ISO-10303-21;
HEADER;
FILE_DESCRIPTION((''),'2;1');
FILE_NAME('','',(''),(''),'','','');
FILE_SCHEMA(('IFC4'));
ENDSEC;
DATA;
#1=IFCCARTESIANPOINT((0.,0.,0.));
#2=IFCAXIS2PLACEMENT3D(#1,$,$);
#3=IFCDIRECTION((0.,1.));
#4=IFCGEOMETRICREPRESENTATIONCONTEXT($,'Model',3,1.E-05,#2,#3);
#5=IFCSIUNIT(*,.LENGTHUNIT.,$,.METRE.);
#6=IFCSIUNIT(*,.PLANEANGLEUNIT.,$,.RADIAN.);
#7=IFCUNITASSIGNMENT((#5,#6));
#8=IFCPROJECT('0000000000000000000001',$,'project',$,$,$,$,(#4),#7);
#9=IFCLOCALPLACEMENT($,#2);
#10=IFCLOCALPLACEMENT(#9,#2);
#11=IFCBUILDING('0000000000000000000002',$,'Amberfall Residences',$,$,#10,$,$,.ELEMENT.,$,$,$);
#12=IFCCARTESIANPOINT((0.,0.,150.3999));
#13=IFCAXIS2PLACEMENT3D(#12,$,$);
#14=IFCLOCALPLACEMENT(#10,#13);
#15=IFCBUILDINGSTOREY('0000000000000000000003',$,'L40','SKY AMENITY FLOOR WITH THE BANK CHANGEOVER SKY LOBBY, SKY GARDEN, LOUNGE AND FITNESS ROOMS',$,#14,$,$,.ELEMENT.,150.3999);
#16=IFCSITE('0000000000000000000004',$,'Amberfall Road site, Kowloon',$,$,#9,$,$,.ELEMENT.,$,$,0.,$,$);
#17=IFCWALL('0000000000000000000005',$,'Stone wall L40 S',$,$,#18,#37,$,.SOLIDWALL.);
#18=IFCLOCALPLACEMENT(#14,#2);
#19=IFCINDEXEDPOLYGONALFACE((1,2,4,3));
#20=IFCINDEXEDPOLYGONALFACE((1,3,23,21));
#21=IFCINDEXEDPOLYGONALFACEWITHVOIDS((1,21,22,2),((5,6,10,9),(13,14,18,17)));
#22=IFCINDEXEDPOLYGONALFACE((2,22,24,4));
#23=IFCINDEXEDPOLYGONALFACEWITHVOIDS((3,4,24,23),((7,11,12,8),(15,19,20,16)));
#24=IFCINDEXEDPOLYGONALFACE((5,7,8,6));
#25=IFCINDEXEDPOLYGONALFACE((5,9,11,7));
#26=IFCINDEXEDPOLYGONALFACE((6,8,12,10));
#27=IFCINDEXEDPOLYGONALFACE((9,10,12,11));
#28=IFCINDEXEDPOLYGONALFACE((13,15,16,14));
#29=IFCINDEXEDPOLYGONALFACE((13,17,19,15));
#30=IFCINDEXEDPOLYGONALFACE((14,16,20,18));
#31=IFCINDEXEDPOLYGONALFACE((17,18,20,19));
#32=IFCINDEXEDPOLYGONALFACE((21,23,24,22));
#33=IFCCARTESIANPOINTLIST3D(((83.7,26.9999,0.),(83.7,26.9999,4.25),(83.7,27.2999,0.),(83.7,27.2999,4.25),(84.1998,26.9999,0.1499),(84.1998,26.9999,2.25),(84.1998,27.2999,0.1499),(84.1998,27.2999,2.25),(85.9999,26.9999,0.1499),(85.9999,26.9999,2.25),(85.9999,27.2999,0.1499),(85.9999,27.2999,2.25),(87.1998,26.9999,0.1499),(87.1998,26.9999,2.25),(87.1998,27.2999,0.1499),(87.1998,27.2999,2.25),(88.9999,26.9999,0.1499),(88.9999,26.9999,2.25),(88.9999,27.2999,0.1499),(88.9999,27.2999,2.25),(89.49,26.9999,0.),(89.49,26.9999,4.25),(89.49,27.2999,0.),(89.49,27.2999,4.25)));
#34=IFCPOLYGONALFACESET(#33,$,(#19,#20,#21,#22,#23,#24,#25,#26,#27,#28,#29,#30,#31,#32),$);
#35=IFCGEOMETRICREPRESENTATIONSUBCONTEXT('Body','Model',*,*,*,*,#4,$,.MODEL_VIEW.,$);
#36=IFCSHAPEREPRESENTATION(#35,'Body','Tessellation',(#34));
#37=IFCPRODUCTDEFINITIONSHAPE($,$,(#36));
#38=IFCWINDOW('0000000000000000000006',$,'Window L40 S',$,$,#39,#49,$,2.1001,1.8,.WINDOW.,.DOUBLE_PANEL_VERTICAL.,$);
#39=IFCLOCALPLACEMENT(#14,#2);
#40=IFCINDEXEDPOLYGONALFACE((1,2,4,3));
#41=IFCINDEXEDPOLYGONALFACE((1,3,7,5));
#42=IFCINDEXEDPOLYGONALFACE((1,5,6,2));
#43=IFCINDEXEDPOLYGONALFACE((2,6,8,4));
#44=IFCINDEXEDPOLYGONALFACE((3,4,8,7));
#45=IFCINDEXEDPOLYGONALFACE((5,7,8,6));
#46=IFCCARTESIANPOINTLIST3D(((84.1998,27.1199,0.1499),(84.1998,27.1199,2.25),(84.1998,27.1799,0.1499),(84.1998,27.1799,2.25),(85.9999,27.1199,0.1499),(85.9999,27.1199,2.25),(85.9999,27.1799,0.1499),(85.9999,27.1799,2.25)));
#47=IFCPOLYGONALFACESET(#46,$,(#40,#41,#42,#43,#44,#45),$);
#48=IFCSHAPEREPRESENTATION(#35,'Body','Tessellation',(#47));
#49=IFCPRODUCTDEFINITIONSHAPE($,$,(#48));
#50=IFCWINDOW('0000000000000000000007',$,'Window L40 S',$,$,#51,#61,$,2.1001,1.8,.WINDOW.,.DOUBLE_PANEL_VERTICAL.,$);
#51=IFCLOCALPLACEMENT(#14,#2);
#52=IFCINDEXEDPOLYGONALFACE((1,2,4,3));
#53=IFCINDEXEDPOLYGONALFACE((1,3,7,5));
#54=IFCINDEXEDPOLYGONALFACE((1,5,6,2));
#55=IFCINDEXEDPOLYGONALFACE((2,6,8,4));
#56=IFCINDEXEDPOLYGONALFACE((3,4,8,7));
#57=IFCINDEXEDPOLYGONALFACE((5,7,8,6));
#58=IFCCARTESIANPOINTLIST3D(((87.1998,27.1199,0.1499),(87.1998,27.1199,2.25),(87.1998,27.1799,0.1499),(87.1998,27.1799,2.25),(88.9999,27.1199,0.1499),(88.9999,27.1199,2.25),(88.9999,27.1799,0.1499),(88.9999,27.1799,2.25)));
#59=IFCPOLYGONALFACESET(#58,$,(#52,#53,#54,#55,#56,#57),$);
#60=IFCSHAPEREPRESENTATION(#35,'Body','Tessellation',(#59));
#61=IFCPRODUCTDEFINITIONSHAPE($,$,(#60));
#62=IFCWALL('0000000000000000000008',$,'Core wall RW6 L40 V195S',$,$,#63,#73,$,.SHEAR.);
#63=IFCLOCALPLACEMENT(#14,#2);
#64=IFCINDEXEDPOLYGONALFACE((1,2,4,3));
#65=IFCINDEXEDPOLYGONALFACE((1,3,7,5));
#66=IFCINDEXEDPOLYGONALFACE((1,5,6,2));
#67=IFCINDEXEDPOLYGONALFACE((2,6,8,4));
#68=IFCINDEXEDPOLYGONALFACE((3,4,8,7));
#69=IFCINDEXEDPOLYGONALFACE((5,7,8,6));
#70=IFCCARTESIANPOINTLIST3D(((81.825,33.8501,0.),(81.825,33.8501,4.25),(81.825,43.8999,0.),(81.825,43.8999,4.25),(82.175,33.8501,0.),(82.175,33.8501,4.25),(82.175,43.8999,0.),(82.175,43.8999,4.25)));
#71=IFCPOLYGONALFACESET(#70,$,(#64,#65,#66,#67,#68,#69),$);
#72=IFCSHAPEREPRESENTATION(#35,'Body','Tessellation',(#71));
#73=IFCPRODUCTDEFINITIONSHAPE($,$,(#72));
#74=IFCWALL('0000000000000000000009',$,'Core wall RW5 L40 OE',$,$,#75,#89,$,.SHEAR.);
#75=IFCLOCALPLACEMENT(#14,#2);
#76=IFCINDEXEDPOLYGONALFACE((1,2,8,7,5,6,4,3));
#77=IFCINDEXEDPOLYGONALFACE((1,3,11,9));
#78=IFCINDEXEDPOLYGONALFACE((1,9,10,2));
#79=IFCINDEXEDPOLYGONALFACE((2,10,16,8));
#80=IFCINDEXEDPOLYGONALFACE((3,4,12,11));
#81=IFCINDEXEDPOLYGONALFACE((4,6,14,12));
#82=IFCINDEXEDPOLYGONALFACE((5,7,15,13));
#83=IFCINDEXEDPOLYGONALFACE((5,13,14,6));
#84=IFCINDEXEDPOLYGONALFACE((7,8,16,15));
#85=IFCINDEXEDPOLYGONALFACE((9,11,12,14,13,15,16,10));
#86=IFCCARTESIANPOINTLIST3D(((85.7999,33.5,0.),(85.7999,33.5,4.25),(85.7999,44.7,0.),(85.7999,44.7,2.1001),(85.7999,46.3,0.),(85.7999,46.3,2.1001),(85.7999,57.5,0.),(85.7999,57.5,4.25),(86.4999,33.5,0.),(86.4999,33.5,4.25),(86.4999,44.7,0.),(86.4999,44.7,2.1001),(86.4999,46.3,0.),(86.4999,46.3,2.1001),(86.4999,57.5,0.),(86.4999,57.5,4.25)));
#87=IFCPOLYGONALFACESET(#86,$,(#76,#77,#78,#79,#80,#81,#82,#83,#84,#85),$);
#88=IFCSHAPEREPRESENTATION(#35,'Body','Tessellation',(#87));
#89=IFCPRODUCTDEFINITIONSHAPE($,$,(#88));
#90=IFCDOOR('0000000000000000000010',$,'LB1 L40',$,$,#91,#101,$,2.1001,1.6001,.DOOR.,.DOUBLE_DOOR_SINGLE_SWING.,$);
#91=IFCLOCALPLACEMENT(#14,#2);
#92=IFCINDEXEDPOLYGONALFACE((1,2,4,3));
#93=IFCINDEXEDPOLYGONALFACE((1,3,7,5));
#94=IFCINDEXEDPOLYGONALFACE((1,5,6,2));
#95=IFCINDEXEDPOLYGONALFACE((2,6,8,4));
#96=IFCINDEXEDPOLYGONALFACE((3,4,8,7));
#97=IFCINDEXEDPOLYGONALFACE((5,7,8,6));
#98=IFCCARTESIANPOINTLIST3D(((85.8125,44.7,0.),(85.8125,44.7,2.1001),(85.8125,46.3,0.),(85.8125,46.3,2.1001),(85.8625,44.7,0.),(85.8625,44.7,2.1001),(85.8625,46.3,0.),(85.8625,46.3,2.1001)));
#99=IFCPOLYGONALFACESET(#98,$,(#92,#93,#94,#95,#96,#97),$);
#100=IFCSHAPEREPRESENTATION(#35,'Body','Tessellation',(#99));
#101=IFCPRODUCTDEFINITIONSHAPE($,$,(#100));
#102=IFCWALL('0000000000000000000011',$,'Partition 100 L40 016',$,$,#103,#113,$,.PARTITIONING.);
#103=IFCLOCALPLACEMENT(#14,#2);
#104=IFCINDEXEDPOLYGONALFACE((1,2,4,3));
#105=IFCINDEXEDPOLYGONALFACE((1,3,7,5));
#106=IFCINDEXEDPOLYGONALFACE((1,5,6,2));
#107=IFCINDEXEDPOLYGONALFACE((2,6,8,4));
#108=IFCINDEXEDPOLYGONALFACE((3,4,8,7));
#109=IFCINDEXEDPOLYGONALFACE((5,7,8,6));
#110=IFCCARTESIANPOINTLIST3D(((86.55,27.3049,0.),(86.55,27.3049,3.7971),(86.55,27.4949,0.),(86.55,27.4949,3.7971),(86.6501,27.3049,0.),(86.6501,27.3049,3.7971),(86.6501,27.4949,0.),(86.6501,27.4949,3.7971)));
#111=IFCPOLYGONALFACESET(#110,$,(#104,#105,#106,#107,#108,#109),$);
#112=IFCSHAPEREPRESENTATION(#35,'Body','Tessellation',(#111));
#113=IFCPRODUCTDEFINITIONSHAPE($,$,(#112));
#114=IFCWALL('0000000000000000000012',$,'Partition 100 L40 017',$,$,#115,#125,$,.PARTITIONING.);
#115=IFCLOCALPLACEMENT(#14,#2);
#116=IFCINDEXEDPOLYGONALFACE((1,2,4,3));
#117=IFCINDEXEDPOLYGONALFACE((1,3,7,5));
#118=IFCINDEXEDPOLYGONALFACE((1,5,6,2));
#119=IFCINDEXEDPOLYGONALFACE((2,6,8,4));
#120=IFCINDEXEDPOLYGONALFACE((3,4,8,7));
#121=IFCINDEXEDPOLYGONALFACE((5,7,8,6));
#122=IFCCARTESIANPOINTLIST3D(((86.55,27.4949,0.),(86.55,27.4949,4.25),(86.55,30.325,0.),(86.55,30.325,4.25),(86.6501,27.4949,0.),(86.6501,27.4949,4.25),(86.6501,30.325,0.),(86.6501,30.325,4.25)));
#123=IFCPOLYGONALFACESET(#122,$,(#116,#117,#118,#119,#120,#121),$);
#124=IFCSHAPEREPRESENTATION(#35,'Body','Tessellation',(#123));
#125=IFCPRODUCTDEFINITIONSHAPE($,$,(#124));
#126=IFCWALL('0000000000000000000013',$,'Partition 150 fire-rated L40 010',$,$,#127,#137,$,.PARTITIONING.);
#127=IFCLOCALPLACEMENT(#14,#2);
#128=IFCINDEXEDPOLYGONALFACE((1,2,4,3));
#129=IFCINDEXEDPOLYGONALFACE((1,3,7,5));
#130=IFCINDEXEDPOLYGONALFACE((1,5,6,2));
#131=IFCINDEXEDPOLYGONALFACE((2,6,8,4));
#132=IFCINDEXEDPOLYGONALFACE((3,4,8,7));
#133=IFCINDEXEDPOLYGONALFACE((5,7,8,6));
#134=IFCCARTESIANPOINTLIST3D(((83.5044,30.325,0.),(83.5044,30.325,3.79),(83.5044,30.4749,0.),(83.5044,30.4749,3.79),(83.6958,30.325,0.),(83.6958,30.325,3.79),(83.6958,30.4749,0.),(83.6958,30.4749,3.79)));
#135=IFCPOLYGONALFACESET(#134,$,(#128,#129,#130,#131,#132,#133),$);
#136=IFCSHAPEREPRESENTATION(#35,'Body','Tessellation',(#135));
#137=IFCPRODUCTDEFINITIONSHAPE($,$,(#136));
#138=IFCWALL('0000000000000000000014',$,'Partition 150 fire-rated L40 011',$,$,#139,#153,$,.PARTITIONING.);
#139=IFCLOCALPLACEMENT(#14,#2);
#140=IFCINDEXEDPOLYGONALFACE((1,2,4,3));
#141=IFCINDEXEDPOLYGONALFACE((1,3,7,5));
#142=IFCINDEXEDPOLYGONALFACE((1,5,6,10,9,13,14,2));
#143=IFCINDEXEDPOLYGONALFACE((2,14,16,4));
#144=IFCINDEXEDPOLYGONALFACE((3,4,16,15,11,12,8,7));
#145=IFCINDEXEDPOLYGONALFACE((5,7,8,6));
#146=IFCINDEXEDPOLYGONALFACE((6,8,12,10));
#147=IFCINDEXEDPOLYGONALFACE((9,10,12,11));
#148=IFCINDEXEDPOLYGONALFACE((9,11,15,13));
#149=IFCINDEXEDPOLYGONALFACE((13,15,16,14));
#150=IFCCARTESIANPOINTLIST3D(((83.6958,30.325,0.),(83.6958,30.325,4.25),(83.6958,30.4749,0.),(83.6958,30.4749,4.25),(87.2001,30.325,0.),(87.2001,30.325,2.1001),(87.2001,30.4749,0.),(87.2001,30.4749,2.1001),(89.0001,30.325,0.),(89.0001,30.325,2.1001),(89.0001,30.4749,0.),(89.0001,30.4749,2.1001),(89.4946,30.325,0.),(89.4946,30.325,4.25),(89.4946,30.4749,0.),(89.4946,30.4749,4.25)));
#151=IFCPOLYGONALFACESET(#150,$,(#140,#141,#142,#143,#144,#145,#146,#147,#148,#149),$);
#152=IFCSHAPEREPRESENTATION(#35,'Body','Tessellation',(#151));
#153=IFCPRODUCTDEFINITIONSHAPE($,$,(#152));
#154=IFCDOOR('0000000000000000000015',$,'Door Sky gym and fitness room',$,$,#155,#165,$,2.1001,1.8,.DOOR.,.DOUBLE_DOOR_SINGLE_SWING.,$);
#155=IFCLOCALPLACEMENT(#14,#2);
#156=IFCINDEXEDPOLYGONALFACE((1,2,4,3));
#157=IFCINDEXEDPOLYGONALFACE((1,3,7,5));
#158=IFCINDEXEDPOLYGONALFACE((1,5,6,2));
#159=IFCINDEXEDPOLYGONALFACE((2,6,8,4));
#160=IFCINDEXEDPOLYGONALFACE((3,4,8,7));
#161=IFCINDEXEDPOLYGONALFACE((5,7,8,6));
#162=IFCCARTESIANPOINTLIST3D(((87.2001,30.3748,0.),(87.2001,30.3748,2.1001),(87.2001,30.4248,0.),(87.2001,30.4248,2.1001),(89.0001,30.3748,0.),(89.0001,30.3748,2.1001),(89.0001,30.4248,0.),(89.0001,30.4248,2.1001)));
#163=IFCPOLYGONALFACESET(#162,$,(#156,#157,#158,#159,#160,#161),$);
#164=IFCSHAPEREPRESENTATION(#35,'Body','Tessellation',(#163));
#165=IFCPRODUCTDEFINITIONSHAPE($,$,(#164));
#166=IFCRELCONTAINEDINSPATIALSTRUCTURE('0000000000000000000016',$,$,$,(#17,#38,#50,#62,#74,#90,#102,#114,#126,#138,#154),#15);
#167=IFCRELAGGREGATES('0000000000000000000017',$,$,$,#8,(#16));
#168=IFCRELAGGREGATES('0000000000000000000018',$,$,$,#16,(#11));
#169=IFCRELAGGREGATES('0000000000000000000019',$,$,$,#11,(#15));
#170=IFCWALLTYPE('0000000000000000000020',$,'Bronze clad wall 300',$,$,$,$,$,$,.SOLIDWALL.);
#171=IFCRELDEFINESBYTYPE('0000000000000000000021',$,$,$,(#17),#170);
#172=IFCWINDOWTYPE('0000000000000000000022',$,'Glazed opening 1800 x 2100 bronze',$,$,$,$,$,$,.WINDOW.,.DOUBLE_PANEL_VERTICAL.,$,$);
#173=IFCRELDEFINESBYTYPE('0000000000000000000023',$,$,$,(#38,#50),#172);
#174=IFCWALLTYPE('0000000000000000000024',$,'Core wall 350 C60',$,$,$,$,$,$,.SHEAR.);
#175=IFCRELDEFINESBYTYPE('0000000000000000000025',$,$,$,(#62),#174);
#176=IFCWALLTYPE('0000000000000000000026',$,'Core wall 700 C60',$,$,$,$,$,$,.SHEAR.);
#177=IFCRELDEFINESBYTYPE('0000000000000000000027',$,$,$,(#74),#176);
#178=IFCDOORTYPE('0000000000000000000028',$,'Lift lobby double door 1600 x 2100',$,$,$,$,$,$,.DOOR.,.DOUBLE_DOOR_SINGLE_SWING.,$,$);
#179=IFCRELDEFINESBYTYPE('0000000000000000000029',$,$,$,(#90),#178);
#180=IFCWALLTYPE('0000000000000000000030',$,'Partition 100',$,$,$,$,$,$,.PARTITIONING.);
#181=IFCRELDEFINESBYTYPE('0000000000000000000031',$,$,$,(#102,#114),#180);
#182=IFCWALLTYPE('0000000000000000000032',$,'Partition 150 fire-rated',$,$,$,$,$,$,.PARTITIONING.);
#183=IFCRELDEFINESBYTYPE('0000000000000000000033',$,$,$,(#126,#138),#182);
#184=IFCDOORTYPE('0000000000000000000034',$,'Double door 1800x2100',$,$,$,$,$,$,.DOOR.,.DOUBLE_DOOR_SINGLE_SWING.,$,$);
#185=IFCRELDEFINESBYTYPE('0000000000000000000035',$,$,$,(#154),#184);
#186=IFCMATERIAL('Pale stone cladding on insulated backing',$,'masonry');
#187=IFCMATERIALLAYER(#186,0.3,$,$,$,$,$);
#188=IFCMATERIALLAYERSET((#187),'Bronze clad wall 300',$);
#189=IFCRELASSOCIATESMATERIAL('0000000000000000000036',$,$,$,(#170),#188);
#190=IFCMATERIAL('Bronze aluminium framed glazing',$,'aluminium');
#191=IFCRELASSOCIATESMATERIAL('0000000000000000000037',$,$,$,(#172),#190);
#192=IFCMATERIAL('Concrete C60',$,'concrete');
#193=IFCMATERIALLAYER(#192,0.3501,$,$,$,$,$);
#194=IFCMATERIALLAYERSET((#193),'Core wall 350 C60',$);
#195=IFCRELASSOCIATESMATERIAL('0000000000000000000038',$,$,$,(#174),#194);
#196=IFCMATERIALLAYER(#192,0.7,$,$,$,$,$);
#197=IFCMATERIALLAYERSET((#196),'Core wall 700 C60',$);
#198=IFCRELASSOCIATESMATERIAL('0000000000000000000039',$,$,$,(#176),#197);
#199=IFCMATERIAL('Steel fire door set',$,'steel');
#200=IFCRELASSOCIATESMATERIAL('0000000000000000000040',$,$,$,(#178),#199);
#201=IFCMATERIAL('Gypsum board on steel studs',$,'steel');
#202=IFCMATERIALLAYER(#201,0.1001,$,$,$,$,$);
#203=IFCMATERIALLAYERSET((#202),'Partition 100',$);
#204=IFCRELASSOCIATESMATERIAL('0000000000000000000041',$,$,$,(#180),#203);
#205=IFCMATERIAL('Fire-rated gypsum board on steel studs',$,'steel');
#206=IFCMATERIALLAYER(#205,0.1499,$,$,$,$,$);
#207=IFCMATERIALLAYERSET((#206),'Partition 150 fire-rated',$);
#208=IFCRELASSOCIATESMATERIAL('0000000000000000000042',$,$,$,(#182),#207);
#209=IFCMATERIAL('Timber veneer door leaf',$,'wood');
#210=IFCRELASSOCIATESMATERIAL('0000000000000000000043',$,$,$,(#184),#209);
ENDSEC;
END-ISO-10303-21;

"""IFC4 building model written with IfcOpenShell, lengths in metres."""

from ifc_helpers import new_model, si_unit, direction, frame, frame_2d, origin, place, context, subcontext, project, spatial, rectangle, extrude, material, layer, layer_set, type_object, element, fill, save


model = new_model("IFC4")

# Units and contexts
model_context = context("Model", 3, precision=1e-05, world=origin(), true_north=direction((0.0, 1.0)))
body_context = subcontext(model_context, "Body", "Model", "MODEL_VIEW")
ifc_project = project(units=[si_unit("LENGTHUNIT", "METRE"), si_unit("PLANEANGLEUNIT", "RADIAN")], contexts=[model_context])

# Site, building, storey
site_placement = place(None, origin())
site = spatial("IfcSite", under=ifc_project, at=site_placement, Name="Amberfall Road site, Kowloon", CompositionType="ELEMENT", RefElevation=0.0)
building_placement = place(site_placement, origin())
building = spatial("IfcBuilding", under=site, at=building_placement, Name="Amberfall Residences", CompositionType="ELEMENT")
storey_placement = place(building_placement, frame((0.0, 0.0, 150.3999)))
storey = spatial("IfcBuildingStorey", under=building, at=storey_placement, Name="L40", Description="SKY AMENITY FLOOR WITH THE BANK CHANGEOVER SKY LOBBY, SKY GARDEN, LOUNGE AND FITNESS ROOMS", CompositionType="ELEMENT", Elevation=150.3999)

# Shared definitions
ifc_material_1 = material(Name="Concrete C60", Category="concrete")

# Shared definitions
ifc_material_2 = material(Name="Pale stone cladding on insulated backing", Category="masonry")
ifc_layer_1 = layer(ifc_material_2, 0.3)
ifc_layer_set_1 = layer_set([ifc_layer_1], Name="Bronze clad wall 300")
wall_type_1 = type_object("IfcWallType", Name="Bronze clad wall 300", PredefinedType="SOLIDWALL", material=ifc_layer_set_1)

# Wall, openings, windows
wall_1_placement = place(storey_placement, frame((83.7, 27.1499, 0.0), z_axis=(0.0, 0.0, 1.0), x_axis=(1.0, 0.0, 0.0)))
wall_1 = element("IfcWall", 1, at=wall_1_placement, inside=storey, type_object=wall_type_1, Name="Stone wall L40 S", PredefinedType="SOLIDWALL", context=body_context, shape_type="SweptSolid", body=[
    extrude(rectangle(XDim=5.79, YDim=0.3, at=frame_2d((2.895, 0.0))), origin(), (0.0, 0.0, 1.0), 4.25),
])
opening_1_placement = place(wall_1_placement, frame((0.5, 0.0, 0.1499)))
opening_1 = element("IfcOpeningElement", 2, at=opening_1_placement, cuts=wall_1, PredefinedType="OPENING", context=body_context, shape_type="SweptSolid", body=[
    extrude(rectangle(XDim=1.8, YDim=2.1001, at=frame_2d((0.8999, 1.05))), frame((0.0, 0.1599, 0.0), z_axis=(0.0, -1.0, 0.0), x_axis=(1.0, 0.0, 0.0)), (0.0, 0.0, 1.0), 0.3201),
])
opening_2_placement = place(wall_1_placement, frame((3.5, 0.0, 0.1499)))
opening_2 = element("IfcOpeningElement", 3, at=opening_2_placement, cuts=wall_1, PredefinedType="OPENING", context=body_context, shape_type="SweptSolid", body=[
    extrude(rectangle(XDim=1.8, YDim=2.1001, at=frame_2d((0.8999, 1.05))), frame((0.0, 0.1599, 0.0), z_axis=(0.0, -1.0, 0.0), x_axis=(1.0, 0.0, 0.0)), (0.0, 0.0, 1.0), 0.3201),
])
ifc_material_3 = material(Name="Bronze aluminium framed glazing", Category="aluminium")
window_type = type_object("IfcWindowType", Name="Glazed opening 1800 x 2100 bronze", PartitioningType="DOUBLE_PANEL_VERTICAL", PredefinedType="WINDOW", material=ifc_material_3)
window_1_placement = place(opening_1_placement, origin())
window_1 = element("IfcWindow", 4, at=window_1_placement, inside=storey, type_object=window_type, Name="Window L40 S", OverallHeight=2.1001, OverallWidth=1.8, PartitioningType="DOUBLE_PANEL_VERTICAL", PredefinedType="WINDOW", context=body_context, shape_type="SweptSolid", body=[
    extrude(rectangle(XDim=1.8, YDim=2.1001, at=frame_2d((0.8999, 1.05))), frame((0.0, 0.03, 0.0), z_axis=(0.0, -1.0, 0.0), x_axis=(1.0, 0.0, 0.0)), (0.0, 0.0, 1.0), 0.0601),
])
fill(opening_1, window_1)
window_2_placement = place(opening_2_placement, origin())
window_2 = element("IfcWindow", 5, at=window_2_placement, inside=storey, type_object=window_type, Name="Window L40 S", OverallHeight=2.1001, OverallWidth=1.8, PartitioningType="DOUBLE_PANEL_VERTICAL", PredefinedType="WINDOW", context=body_context, shape_type="SweptSolid", body=[
    extrude(rectangle(XDim=1.8, YDim=2.1001, at=frame_2d((0.8999, 1.05))), frame((0.0, 0.03, 0.0), z_axis=(0.0, -1.0, 0.0), x_axis=(1.0, 0.0, 0.0)), (0.0, 0.0, 1.0), 0.0601),
])
fill(opening_2, window_2)

# Wall
ifc_layer_2 = layer(ifc_material_1, 0.3501)
ifc_layer_set_2 = layer_set([ifc_layer_2], Name="Core wall 350 C60")
wall_type_2 = type_object("IfcWallType", Name="Core wall 350 C60", PredefinedType="SHEAR", material=ifc_layer_set_2)
wall_2_placement = place(storey_placement, frame((82.0, 33.8501, 0.0), z_axis=(0.0, 0.0, 1.0), x_axis=(0.0, 1.0, 0.0)))
element("IfcWall", 6, at=wall_2_placement, inside=storey, type_object=wall_type_2, Name="Core wall RW6 L40 V195S", PredefinedType="SHEAR", context=body_context, shape_type="SweptSolid", body=[
    extrude(rectangle(XDim=10.0498, YDim=0.3501, at=frame_2d((5.0249, 0.0))), origin(), (0.0, 0.0, 1.0), 4.25),
])

# Wall, opening, door
ifc_layer_3 = layer(ifc_material_1, 0.7)
ifc_layer_set_3 = layer_set([ifc_layer_3], Name="Core wall 700 C60")
wall_type_3 = type_object("IfcWallType", Name="Core wall 700 C60", PredefinedType="SHEAR", material=ifc_layer_set_3)
wall_3_placement = place(storey_placement, frame((86.1499, 33.5, 0.0), z_axis=(0.0, 0.0, 1.0), x_axis=(0.0, 1.0, 0.0)))
wall_3 = element("IfcWall", 7, at=wall_3_placement, inside=storey, type_object=wall_type_3, Name="Core wall RW5 L40 OE", PredefinedType="SHEAR", context=body_context, shape_type="SweptSolid", body=[
    extrude(rectangle(XDim=24.0, YDim=0.7, at=frame_2d((12.0, 0.0))), origin(), (0.0, 0.0, 1.0), 4.25),
])
opening_3_placement = place(wall_3_placement, frame((11.2, 0.0, 0.0)))
opening_3 = element("IfcOpeningElement", 8, at=opening_3_placement, cuts=wall_3, PredefinedType="OPENING", context=body_context, shape_type="SweptSolid", body=[
    extrude(rectangle(XDim=1.6001, YDim=2.1001, at=frame_2d((0.8, 1.05))), frame((0.0, 0.3599, 0.0), z_axis=(0.0, -1.0, 0.0), x_axis=(1.0, 0.0, 0.0)), (0.0, 0.0, 1.0), 0.72),
])
ifc_material_4 = material(Name="Steel fire door set", Category="steel")
door_type_1 = type_object("IfcDoorType", Name="Lift lobby double door 1600 x 2100", OperationType="DOUBLE_DOOR_SINGLE_SWING", PredefinedType="DOOR", material=ifc_material_4)
door_1_placement = place(opening_3_placement, origin())
door_1 = element("IfcDoor", 9, at=door_1_placement, inside=storey, type_object=door_type_1, Name="LB1 L40", OperationType="DOUBLE_DOOR_SINGLE_SWING", OverallHeight=2.1001, OverallWidth=1.6001, PredefinedType="DOOR", context=body_context, shape_type="SweptSolid", body=[
    extrude(rectangle(XDim=1.6001, YDim=2.1001, at=frame_2d((0.8, 1.05))), frame((0.0, 0.3374, 0.0), z_axis=(0.0, -1.0, 0.0), x_axis=(1.0, 0.0, 0.0)), (0.0, 0.0, 1.0), 0.05),
])
fill(opening_3, door_1)

# Walls
ifc_material_5 = material(Name="Gypsum board on steel studs", Category="steel")
ifc_layer_4 = layer(ifc_material_5, 0.1001)
ifc_layer_set_4 = layer_set([ifc_layer_4], Name="Partition 100")
wall_type_4 = type_object("IfcWallType", Name="Partition 100", PredefinedType="PARTITIONING", material=ifc_layer_set_4)
wall_4_placement = place(storey_placement, frame((86.6001, 27.3049, 0.0), z_axis=(0.0, 0.0, 1.0), x_axis=(0.0, 1.0, 0.0)))
element("IfcWall", 10, at=wall_4_placement, inside=storey, type_object=wall_type_4, Name="Partition 100 L40 016", PredefinedType="PARTITIONING", context=body_context, shape_type="SweptSolid", body=[
    extrude(rectangle(XDim=0.1899, YDim=0.1001, at=frame_2d((0.095, 0.0))), origin(), (0.0, 0.0, 1.0), 3.7971),
])
wall_5_placement = place(storey_placement, frame((86.6001, 27.4949, 0.0), z_axis=(0.0, 0.0, 1.0), x_axis=(0.0, 1.0, 0.0)))
element("IfcWall", 11, at=wall_5_placement, inside=storey, type_object=wall_type_4, Name="Partition 100 L40 017", PredefinedType="PARTITIONING", context=body_context, shape_type="SweptSolid", body=[
    extrude(rectangle(XDim=2.8301, YDim=0.1001, at=frame_2d((1.415, 0.0))), origin(), (0.0, 0.0, 1.0), 4.25),
])
ifc_material_6 = material(Name="Fire-rated gypsum board on steel studs", Category="steel")
ifc_layer_5 = layer(ifc_material_6, 0.1499)
ifc_layer_set_5 = layer_set([ifc_layer_5], Name="Partition 150 fire-rated")
wall_type_5 = type_object("IfcWallType", Name="Partition 150 fire-rated", PredefinedType="PARTITIONING", material=ifc_layer_set_5)
wall_6_placement = place(storey_placement, frame((83.5044, 30.3999, 0.0), z_axis=(0.0, 0.0, 1.0), x_axis=(1.0, 0.0, 0.0)))
element("IfcWall", 12, at=wall_6_placement, inside=storey, type_object=wall_type_5, Name="Partition 150 fire-rated L40 010", PredefinedType="PARTITIONING", context=body_context, shape_type="SweptSolid", body=[
    extrude(rectangle(XDim=0.1914, YDim=0.1499, at=frame_2d((0.0957, 0.0))), origin(), (0.0, 0.0, 1.0), 3.79),
])

# Wall, opening, door
wall_7_placement = place(storey_placement, frame((83.6958, 30.3999, 0.0), z_axis=(0.0, 0.0, 1.0), x_axis=(1.0, 0.0, 0.0)))
wall_7 = element("IfcWall", 13, at=wall_7_placement, inside=storey, type_object=wall_type_5, Name="Partition 150 fire-rated L40 011", PredefinedType="PARTITIONING", context=body_context, shape_type="SweptSolid", body=[
    extrude(rectangle(XDim=5.7988, YDim=0.1499, at=frame_2d((2.8994, 0.0))), origin(), (0.0, 0.0, 1.0), 4.25),
])
opening_4_placement = place(wall_7_placement, frame((3.5044, 0.0, 0.0)))
opening_4 = element("IfcOpeningElement", 14, at=opening_4_placement, cuts=wall_7, PredefinedType="OPENING", context=body_context, shape_type="SweptSolid", body=[
    extrude(rectangle(XDim=1.8, YDim=2.1001, at=frame_2d((0.8999, 1.05))), frame((0.0, 0.085, 0.0), z_axis=(0.0, -1.0, 0.0), x_axis=(1.0, 0.0, 0.0)), (0.0, 0.0, 1.0), 0.1699),
])
ifc_material_7 = material(Name="Timber veneer door leaf", Category="wood")
door_type_2 = type_object("IfcDoorType", Name="Double door 1800x2100", OperationType="DOUBLE_DOOR_SINGLE_SWING", PredefinedType="DOOR", material=ifc_material_7)
door_2_placement = place(opening_4_placement, origin())
door_2 = element("IfcDoor", 15, at=door_2_placement, inside=storey, type_object=door_type_2, Name="Door Sky gym and fitness room", OperationType="DOUBLE_DOOR_SINGLE_SWING", OverallHeight=2.1001, OverallWidth=1.8, PredefinedType="DOOR", context=body_context, shape_type="SweptSolid", body=[
    extrude(rectangle(XDim=1.8, YDim=2.1001, at=frame_2d((0.8999, 1.05))), frame((0.0, 0.0249, 0.0), z_axis=(0.0, -1.0, 0.0), x_axis=(1.0, 0.0, 0.0)), (0.0, 0.0, 1.0), 0.05),
])
fill(opening_4, door_2)

save(model, "model.ifc")
